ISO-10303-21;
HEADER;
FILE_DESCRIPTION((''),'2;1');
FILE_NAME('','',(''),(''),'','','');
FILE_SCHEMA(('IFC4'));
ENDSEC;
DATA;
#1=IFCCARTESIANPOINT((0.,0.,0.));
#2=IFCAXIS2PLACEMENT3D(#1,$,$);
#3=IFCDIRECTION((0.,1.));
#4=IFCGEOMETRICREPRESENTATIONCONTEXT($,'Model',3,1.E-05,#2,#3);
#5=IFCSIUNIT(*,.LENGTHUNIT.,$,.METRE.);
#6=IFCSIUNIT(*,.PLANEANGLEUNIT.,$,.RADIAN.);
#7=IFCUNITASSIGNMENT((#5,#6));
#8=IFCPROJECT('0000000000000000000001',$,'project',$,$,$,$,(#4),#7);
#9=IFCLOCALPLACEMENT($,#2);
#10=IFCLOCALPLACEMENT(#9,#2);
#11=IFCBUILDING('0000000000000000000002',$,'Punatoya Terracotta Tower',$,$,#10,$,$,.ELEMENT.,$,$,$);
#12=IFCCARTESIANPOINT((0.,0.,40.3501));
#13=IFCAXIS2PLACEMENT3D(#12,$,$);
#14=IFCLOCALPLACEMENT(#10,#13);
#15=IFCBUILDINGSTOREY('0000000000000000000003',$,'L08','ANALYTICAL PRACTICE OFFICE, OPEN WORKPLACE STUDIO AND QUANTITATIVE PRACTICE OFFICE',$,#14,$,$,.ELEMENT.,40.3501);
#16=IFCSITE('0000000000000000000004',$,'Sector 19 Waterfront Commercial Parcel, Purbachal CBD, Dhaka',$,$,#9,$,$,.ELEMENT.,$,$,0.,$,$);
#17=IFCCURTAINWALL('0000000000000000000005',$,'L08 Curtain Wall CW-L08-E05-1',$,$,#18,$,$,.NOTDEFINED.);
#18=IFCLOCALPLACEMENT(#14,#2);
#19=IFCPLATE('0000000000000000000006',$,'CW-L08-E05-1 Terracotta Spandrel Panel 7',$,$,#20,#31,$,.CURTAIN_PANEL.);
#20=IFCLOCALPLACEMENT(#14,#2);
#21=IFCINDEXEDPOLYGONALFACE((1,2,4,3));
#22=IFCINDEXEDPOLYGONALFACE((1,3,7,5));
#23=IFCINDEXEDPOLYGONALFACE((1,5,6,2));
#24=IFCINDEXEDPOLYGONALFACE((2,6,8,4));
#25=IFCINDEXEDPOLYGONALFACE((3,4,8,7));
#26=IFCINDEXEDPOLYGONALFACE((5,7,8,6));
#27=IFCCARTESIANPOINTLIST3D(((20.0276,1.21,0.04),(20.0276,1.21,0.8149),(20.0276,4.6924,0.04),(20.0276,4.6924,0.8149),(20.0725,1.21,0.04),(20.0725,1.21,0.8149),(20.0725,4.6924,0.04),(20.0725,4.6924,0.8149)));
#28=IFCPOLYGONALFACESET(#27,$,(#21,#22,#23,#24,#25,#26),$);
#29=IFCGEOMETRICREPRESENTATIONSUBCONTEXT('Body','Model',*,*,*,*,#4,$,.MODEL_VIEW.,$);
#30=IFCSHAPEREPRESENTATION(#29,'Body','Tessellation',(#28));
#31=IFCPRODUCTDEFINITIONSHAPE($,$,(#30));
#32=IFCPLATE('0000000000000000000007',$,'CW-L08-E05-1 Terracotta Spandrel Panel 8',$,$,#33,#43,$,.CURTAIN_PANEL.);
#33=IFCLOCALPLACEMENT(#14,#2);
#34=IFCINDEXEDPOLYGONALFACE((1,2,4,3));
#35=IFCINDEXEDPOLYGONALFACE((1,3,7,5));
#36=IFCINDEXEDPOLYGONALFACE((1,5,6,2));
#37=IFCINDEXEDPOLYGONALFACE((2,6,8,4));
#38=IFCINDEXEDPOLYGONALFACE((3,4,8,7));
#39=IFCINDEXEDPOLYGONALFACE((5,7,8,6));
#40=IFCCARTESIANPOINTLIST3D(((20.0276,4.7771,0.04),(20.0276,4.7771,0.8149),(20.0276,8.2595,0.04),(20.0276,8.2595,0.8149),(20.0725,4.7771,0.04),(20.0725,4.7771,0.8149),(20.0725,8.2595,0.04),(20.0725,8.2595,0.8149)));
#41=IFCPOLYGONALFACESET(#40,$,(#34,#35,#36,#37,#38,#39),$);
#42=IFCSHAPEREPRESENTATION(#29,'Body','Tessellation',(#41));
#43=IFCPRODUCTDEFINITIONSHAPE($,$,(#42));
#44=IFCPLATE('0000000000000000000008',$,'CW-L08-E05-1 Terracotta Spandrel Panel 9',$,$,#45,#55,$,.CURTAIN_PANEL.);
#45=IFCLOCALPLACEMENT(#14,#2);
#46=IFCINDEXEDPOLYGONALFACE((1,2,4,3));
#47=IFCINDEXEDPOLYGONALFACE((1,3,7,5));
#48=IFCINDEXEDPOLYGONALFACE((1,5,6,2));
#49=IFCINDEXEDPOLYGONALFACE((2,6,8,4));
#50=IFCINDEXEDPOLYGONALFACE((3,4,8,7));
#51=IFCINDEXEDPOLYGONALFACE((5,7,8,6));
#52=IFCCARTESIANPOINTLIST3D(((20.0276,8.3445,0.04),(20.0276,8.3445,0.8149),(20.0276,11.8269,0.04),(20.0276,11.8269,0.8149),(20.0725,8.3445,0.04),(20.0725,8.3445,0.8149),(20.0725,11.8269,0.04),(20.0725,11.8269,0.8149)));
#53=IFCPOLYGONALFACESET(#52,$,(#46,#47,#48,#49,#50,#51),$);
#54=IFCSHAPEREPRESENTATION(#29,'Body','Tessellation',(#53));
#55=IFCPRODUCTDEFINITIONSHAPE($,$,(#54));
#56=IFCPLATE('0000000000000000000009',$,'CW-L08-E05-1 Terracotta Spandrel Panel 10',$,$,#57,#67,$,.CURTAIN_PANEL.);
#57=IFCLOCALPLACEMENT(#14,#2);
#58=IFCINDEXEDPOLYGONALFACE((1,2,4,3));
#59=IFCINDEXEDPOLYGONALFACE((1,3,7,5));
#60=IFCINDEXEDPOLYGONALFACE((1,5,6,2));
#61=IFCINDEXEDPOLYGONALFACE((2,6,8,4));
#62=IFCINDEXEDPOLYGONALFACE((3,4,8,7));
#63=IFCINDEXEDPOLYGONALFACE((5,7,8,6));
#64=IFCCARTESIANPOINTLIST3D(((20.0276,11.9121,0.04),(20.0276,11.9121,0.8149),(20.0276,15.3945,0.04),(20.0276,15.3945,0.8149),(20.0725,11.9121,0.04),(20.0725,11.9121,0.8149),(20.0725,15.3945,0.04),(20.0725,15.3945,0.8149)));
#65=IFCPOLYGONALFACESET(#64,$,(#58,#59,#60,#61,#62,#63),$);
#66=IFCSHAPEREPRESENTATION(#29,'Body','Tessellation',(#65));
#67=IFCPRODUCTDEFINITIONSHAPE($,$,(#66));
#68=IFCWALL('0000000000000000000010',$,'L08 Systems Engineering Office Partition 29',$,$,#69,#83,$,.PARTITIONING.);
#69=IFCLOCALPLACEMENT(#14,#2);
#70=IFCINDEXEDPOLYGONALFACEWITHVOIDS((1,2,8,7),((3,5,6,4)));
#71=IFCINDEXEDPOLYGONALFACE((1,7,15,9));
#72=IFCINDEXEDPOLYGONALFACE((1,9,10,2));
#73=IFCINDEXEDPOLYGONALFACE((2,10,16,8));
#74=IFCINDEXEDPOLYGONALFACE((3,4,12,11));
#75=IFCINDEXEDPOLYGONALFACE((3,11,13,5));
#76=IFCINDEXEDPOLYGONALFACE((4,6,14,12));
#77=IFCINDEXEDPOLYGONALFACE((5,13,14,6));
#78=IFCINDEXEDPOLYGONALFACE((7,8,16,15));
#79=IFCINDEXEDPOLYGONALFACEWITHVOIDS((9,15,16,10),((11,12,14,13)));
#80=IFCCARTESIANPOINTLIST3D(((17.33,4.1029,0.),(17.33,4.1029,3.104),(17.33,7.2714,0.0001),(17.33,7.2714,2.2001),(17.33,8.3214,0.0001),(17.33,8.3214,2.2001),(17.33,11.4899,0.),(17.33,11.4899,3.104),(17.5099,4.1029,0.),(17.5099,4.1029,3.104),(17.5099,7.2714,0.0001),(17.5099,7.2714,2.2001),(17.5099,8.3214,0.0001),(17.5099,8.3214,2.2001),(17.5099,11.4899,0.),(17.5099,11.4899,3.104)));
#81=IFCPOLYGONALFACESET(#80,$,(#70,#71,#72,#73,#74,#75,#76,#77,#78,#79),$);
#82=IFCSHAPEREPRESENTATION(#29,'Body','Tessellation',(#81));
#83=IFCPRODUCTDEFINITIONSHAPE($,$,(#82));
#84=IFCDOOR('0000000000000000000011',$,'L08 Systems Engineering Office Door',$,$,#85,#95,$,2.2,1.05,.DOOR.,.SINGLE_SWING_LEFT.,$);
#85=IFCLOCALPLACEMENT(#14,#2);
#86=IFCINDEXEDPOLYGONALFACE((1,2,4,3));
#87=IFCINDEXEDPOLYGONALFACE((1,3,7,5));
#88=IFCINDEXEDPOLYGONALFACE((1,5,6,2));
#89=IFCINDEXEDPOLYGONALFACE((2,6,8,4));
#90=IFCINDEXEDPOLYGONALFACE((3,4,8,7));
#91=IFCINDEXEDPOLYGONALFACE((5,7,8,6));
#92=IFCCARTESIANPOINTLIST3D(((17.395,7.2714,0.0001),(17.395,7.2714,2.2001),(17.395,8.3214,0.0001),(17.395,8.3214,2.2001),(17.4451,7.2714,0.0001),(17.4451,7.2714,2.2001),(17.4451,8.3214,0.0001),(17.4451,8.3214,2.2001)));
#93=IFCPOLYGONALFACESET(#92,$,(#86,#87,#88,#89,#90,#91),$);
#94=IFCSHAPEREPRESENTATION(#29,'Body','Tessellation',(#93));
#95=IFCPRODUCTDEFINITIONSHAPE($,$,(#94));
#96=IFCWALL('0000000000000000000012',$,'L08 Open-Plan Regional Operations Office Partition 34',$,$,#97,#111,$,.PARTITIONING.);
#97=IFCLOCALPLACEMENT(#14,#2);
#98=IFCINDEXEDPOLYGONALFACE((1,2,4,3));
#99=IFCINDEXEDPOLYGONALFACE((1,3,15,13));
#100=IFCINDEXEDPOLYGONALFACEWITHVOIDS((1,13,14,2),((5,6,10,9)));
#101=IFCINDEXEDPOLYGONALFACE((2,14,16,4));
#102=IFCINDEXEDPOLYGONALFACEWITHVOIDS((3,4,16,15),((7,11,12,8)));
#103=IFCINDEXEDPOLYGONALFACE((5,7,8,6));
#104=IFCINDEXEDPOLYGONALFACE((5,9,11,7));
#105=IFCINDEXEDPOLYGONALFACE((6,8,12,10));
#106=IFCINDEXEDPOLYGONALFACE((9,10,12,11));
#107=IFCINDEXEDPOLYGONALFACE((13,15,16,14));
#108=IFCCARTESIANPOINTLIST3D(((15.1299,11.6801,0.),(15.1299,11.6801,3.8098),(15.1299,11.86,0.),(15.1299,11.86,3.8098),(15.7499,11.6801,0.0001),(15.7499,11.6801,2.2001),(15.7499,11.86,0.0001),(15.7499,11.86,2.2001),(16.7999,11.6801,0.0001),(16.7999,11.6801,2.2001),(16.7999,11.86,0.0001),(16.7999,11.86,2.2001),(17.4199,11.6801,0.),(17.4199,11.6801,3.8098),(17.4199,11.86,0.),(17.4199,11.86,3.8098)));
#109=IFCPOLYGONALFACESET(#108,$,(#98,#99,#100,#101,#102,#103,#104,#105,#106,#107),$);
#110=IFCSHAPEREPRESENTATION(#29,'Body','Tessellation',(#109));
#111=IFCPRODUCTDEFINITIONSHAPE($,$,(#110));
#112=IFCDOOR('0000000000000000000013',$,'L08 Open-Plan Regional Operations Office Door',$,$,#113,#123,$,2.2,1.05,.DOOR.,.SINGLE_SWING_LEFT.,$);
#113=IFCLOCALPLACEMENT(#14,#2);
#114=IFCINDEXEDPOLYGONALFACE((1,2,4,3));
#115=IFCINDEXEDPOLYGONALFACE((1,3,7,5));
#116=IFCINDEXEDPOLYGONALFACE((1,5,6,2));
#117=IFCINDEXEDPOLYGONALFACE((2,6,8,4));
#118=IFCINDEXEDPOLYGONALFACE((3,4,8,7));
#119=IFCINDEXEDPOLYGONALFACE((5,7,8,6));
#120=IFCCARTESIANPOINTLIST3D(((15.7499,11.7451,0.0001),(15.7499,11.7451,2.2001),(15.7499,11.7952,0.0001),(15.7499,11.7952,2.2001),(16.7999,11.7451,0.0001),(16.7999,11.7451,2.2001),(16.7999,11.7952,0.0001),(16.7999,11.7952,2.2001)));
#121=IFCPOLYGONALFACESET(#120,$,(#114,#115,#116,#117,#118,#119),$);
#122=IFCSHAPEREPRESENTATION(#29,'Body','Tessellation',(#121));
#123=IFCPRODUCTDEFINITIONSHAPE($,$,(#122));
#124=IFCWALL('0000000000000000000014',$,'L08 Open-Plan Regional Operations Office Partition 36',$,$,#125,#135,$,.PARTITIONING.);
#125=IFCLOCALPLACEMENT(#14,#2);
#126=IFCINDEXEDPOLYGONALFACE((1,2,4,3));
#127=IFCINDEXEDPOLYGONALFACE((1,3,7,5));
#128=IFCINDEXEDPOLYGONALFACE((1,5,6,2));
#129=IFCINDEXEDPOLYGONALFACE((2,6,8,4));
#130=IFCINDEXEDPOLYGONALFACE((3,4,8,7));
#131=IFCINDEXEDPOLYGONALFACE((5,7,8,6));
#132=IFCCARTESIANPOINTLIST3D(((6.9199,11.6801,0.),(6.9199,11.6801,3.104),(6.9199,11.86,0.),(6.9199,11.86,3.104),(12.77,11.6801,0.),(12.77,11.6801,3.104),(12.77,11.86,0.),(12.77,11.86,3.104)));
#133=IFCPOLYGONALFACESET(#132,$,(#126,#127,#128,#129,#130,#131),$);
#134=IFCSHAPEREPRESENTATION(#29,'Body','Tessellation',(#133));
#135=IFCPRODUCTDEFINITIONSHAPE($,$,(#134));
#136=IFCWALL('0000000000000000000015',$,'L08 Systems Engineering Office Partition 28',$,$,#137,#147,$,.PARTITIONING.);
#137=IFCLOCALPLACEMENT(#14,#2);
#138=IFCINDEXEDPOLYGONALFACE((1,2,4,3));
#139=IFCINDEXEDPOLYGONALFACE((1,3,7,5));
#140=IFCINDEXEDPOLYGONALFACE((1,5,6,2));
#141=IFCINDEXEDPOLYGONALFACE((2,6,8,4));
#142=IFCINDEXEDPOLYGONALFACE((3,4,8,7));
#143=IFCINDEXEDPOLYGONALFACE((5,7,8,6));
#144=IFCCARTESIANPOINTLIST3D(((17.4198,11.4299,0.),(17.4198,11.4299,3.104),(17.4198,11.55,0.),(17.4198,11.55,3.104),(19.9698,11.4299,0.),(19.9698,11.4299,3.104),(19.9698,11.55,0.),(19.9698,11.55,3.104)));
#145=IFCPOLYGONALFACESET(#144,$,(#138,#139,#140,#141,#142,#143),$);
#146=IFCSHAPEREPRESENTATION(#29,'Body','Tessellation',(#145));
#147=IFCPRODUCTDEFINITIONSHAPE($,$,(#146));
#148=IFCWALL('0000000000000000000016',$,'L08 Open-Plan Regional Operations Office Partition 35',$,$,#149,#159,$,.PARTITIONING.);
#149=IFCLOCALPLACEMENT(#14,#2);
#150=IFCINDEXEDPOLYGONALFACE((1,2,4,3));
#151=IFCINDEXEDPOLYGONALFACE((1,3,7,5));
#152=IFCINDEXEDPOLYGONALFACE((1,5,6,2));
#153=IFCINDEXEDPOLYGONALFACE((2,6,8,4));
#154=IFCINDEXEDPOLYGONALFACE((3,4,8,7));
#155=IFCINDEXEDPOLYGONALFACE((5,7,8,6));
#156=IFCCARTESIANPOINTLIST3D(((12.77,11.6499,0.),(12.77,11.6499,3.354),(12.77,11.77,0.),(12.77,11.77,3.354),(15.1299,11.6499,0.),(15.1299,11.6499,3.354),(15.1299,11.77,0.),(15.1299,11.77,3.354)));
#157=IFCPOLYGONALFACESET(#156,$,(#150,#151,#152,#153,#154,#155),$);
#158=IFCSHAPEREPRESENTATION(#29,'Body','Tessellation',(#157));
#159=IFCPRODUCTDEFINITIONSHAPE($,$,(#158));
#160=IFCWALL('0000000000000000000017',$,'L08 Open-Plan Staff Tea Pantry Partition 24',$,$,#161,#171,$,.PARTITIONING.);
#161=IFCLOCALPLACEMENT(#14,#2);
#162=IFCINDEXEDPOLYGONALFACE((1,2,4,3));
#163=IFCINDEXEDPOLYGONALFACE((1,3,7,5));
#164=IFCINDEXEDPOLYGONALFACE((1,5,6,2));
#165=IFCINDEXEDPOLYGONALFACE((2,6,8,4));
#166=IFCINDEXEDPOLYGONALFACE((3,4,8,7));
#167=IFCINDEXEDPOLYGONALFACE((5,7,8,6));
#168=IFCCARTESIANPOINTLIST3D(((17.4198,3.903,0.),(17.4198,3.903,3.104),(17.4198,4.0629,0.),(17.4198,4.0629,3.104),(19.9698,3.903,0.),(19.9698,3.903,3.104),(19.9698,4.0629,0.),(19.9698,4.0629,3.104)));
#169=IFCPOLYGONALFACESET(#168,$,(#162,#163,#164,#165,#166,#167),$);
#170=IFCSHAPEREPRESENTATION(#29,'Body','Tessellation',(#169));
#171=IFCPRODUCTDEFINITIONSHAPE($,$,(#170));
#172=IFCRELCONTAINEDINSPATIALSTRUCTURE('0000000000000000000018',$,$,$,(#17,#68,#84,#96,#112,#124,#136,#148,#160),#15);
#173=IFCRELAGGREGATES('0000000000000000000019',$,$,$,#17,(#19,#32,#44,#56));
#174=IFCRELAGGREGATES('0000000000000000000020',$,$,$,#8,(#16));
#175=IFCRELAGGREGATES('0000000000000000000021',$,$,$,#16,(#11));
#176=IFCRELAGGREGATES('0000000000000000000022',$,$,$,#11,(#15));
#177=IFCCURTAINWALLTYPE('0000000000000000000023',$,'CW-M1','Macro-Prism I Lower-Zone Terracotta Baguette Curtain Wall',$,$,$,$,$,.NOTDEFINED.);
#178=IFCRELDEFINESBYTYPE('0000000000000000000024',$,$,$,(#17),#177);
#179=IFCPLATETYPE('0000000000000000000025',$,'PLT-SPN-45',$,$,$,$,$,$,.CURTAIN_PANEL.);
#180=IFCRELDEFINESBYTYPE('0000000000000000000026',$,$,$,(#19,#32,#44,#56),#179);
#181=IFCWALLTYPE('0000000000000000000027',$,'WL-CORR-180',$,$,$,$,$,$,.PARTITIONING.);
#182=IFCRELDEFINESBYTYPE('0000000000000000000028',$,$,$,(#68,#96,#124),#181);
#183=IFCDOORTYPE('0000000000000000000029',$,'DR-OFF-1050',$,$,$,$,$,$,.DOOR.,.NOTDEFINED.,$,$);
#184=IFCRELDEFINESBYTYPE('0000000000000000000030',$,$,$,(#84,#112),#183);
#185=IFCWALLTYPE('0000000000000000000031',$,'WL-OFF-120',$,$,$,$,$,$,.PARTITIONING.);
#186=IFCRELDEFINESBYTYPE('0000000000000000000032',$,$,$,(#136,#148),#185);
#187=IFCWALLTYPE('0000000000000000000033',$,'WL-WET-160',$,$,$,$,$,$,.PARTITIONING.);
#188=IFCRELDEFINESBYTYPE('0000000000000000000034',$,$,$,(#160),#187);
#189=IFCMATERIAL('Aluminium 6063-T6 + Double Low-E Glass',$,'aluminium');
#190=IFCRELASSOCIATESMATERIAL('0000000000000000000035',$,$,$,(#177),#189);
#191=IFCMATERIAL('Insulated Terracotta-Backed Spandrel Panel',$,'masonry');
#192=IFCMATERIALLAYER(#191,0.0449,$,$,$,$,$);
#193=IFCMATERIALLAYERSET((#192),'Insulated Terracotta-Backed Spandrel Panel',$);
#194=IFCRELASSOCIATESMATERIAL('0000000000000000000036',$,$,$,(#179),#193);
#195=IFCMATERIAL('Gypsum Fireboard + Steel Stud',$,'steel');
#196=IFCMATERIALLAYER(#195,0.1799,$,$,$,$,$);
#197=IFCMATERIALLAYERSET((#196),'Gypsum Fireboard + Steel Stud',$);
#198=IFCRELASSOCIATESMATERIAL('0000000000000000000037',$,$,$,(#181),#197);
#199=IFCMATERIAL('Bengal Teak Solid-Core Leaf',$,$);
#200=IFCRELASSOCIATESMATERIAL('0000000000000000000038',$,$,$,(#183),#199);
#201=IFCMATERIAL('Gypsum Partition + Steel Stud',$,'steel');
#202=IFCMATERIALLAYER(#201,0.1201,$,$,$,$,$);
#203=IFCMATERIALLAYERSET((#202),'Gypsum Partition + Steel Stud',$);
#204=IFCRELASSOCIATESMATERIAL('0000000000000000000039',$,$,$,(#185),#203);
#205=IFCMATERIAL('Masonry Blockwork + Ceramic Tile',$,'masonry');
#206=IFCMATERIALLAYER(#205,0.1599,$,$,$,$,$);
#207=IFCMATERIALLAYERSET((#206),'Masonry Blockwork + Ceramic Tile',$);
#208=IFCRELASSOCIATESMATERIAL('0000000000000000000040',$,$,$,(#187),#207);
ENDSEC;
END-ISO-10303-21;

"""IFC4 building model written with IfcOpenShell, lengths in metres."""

from ifc_helpers import new_model, si_unit, direction, frame, frame_2d, origin, origin_2d, place, context, subcontext, project, spatial, rectangle, extrude, material, layer, layer_set, type_object, element, fill, aggregate, save


model = new_model("IFC4")

# Units and contexts
model_context = context("Model", 3, precision=1e-05, world=origin(), true_north=direction((0.0, 1.0)))
body_context = subcontext(model_context, "Body", "Model", "MODEL_VIEW")
ifc_project = project(units=[si_unit("LENGTHUNIT", "METRE"), si_unit("PLANEANGLEUNIT", "RADIAN")], contexts=[model_context])

# Site, building, storey
site_placement = place(None, origin())
site = spatial("IfcSite", under=ifc_project, at=site_placement, Name="Sector 19 Waterfront Commercial Parcel, Purbachal CBD, Dhaka", CompositionType="ELEMENT", RefElevation=0.0)
building_placement = place(site_placement, origin())
building = spatial("IfcBuilding", under=site, at=building_placement, Name="Punatoya Terracotta Tower", CompositionType="ELEMENT")
storey_placement = place(building_placement, frame((0.0, 0.0, 40.3501)))
storey = spatial("IfcBuildingStorey", under=building, at=storey_placement, Name="L08", Description="ANALYTICAL PRACTICE OFFICE, OPEN WORKPLACE STUDIO AND QUANTITATIVE PRACTICE OFFICE", CompositionType="ELEMENT", Elevation=40.3501)

# Curtain wall
ifc_material_1 = material(Name="Aluminium 6063-T6 + Double Low-E Glass", Category="aluminium")
curtain_wall_type = type_object("IfcCurtainWallType", Name="CW-M1", Description="Macro-Prism I Lower-Zone Terracotta Baguette Curtain Wall", PredefinedType="NOTDEFINED", material=ifc_material_1)
curtain_wall_1_placement = place(storey_placement, origin())
curtain_wall_1 = element("IfcCurtainWall", 1, at=curtain_wall_1_placement, inside=storey, type_object=curtain_wall_type, Name="L08 Curtain Wall CW-L08-E05-1", PredefinedType="NOTDEFINED")

# Plates
ifc_material_2 = material(Name="Insulated Terracotta-Backed Spandrel Panel", Category="masonry")
ifc_layer_1 = layer(ifc_material_2, 0.0449)
ifc_layer_set_1 = layer_set([ifc_layer_1], Name="Insulated Terracotta-Backed Spandrel Panel")
plate_type_1 = type_object("IfcPlateType", Name="PLT-SPN-45", PredefinedType="CURTAIN_PANEL", material=ifc_layer_set_1)
plate_1_placement = place(storey_placement, frame((20.05, 2.9512, 0.04), z_axis=(0.0, 0.0, 1.0), x_axis=(0.0, 1.0, 0.0)))
plate_1 = element("IfcPlate", 2, at=plate_1_placement, type_object=plate_type_1, Name="CW-L08-E05-1 Terracotta Spandrel Panel 7", PredefinedType="CURTAIN_PANEL", context=body_context, shape_type="SweptSolid", body=[
    extrude(rectangle(XDim=3.4824, YDim=0.0449, at=origin_2d()), origin(), (0.0, 0.0, 1.0), 0.7749),
])
plate_2_placement = place(storey_placement, frame((20.05, 6.5183, 0.04), z_axis=(0.0, 0.0, 1.0), x_axis=(0.0, 1.0, 0.0)))
plate_2 = element("IfcPlate", 3, at=plate_2_placement, type_object=plate_type_1, Name="CW-L08-E05-1 Terracotta Spandrel Panel 8", PredefinedType="CURTAIN_PANEL", context=body_context, shape_type="SweptSolid", body=[
    extrude(rectangle(XDim=3.4824, YDim=0.0449, at=origin_2d()), origin(), (0.0, 0.0, 1.0), 0.7749),
])
plate_3_placement = place(storey_placement, frame((20.05, 10.0857, 0.04), z_axis=(0.0, 0.0, 1.0), x_axis=(0.0, 1.0, 0.0)))
plate_3 = element("IfcPlate", 4, at=plate_3_placement, type_object=plate_type_1, Name="CW-L08-E05-1 Terracotta Spandrel Panel 9", PredefinedType="CURTAIN_PANEL", context=body_context, shape_type="SweptSolid", body=[
    extrude(rectangle(XDim=3.4824, YDim=0.0449, at=origin_2d()), origin(), (0.0, 0.0, 1.0), 0.7749),
])
plate_4_placement = place(storey_placement, frame((20.05, 13.6533, 0.04), z_axis=(0.0, 0.0, 1.0), x_axis=(0.0, 1.0, 0.0)))
plate_4 = element("IfcPlate", 5, at=plate_4_placement, type_object=plate_type_1, Name="CW-L08-E05-1 Terracotta Spandrel Panel 10", PredefinedType="CURTAIN_PANEL", context=body_context, shape_type="SweptSolid", body=[
    extrude(rectangle(XDim=3.4824, YDim=0.0449, at=origin_2d()), origin(), (0.0, 0.0, 1.0), 0.7749),
])
aggregate(curtain_wall_1, [plate_1, plate_2, plate_3, plate_4])

# Walls, openings, doors
ifc_material_3 = material(Name="Gypsum Fireboard + Steel Stud", Category="steel")
ifc_layer_2 = layer(ifc_material_3, 0.1799)
ifc_layer_set_2 = layer_set([ifc_layer_2], Name="Gypsum Fireboard + Steel Stud")
wall_type_1 = type_object("IfcWallType", Name="WL-CORR-180", PredefinedType="PARTITIONING", material=ifc_layer_set_2)
wall_1_placement = place(storey_placement, frame((17.4199, 4.103, 0.0), z_axis=(0.0, 0.0, 1.0), x_axis=(0.0, 1.0, 0.0)))
wall_1 = element("IfcWall", 6, at=wall_1_placement, inside=storey, type_object=wall_type_1, Name="L08 Systems Engineering Office Partition 29", PredefinedType="PARTITIONING", context=body_context, shape_type="SweptSolid", body=[
    extrude(rectangle(XDim=7.387, YDim=0.1799, at=frame_2d((3.6934, 0.0))), origin(), (0.0, 0.0, 1.0), 3.104),
])
opening_1_placement = place(wall_1_placement, frame((3.1685, 0.0, 0.0)))
opening_1 = element("IfcOpeningElement", 7, at=opening_1_placement, cuts=wall_1, PredefinedType="OPENING", context=body_context, shape_type="SweptSolid", body=[
    extrude(rectangle(XDim=1.05, YDim=2.2, at=frame_2d((0.5249, 1.1001))), frame((0.0, 0.0999, 0.0), z_axis=(0.0, -1.0, 0.0), x_axis=(1.0, 0.0, 0.0)), (0.0, 0.0, 1.0), 0.2),
])
ifc_material_4 = material(Name="Bengal Teak Solid-Core Leaf")
door_type = type_object("IfcDoorType", Name="DR-OFF-1050", OperationType="NOTDEFINED", PredefinedType="DOOR", material=ifc_material_4)
door_1_placement = place(opening_1_placement, origin())
door_1 = element("IfcDoor", 8, at=door_1_placement, inside=storey, type_object=door_type, Name="L08 Systems Engineering Office Door", OperationType="SINGLE_SWING_LEFT", OverallHeight=2.2, OverallWidth=1.05, PredefinedType="DOOR", context=body_context, shape_type="SweptSolid", body=[
    extrude(rectangle(XDim=1.05, YDim=2.2, at=frame_2d((0.5249, 1.1001))), frame((0.0, 0.0249, 0.0), z_axis=(0.0, -1.0, 0.0), x_axis=(1.0, 0.0, 0.0)), (0.0, 0.0, 1.0), 0.05),
])
fill(opening_1, door_1)
wall_2_placement = place(storey_placement, frame((17.4199, 11.77, 0.0), z_axis=(0.0, 0.0, 1.0), x_axis=(-1.0, 0.0, 0.0)))
wall_2 = element("IfcWall", 9, at=wall_2_placement, inside=storey, type_object=wall_type_1, Name="L08 Open-Plan Regional Operations Office Partition 34", PredefinedType="PARTITIONING", context=body_context, shape_type="SweptSolid", body=[
    extrude(rectangle(XDim=2.29, YDim=0.1799, at=frame_2d((1.145, 0.0))), origin(), (0.0, 0.0, 1.0), 3.8098),
])
opening_2_placement = place(wall_2_placement, frame((0.6201, 0.0, 0.0)))
opening_2 = element("IfcOpeningElement", 10, at=opening_2_placement, cuts=wall_2, PredefinedType="OPENING", context=body_context, shape_type="SweptSolid", body=[
    extrude(rectangle(XDim=1.05, YDim=2.2, at=frame_2d((0.5249, 1.1001))), frame((0.0, 0.0999, 0.0), z_axis=(0.0, -1.0, 0.0), x_axis=(1.0, 0.0, 0.0)), (0.0, 0.0, 1.0), 0.2),
])
door_2_placement = place(opening_2_placement, origin())
door_2 = element("IfcDoor", 11, at=door_2_placement, inside=storey, type_object=door_type, Name="L08 Open-Plan Regional Operations Office Door", OperationType="SINGLE_SWING_LEFT", OverallHeight=2.2, OverallWidth=1.05, PredefinedType="DOOR", context=body_context, shape_type="SweptSolid", body=[
    extrude(rectangle(XDim=1.05, YDim=2.2, at=frame_2d((0.5249, 1.1001))), frame((0.0, 0.0249, 0.0), z_axis=(0.0, -1.0, 0.0), x_axis=(1.0, 0.0, 0.0)), (0.0, 0.0, 1.0), 0.05),
])
fill(opening_2, door_2)

# Walls
wall_3_placement = place(storey_placement, frame((12.77, 11.77, 0.0), z_axis=(0.0, 0.0, 1.0), x_axis=(-1.0, 0.0, 0.0)))
element("IfcWall", 12, at=wall_3_placement, inside=storey, type_object=wall_type_1, Name="L08 Open-Plan Regional Operations Office Partition 36", PredefinedType="PARTITIONING", context=body_context, shape_type="SweptSolid", body=[
    extrude(rectangle(XDim=5.8501, YDim=0.1799, at=frame_2d((2.925, 0.0))), origin(), (0.0, 0.0, 1.0), 3.104),
])
ifc_material_5 = material(Name="Gypsum Partition + Steel Stud", Category="steel")
ifc_layer_3 = layer(ifc_material_5, 0.1201)
ifc_layer_set_3 = layer_set([ifc_layer_3], Name="Gypsum Partition + Steel Stud")
wall_type_2 = type_object("IfcWallType", Name="WL-OFF-120", PredefinedType="PARTITIONING", material=ifc_layer_set_3)
wall_4_placement = place(storey_placement, frame((17.4199, 11.49, 0.0), z_axis=(0.0, 0.0, 1.0), x_axis=(1.0, 0.0, 0.0)))
element("IfcWall", 13, at=wall_4_placement, inside=storey, type_object=wall_type_2, Name="L08 Systems Engineering Office Partition 28", PredefinedType="PARTITIONING", context=body_context, shape_type="SweptSolid", body=[
    extrude(rectangle(XDim=2.55, YDim=0.1201, at=frame_2d((1.2749, 0.0))), origin(), (0.0, 0.0, 1.0), 3.104),
])
wall_5_placement = place(storey_placement, frame((15.1299, 11.71, 0.0), z_axis=(0.0, 0.0, 1.0), x_axis=(-1.0, 0.0, 0.0)))
element("IfcWall", 14, at=wall_5_placement, inside=storey, type_object=wall_type_2, Name="L08 Open-Plan Regional Operations Office Partition 35", PredefinedType="PARTITIONING", context=body_context, shape_type="SweptSolid", body=[
    extrude(rectangle(XDim=2.3599, YDim=0.1201, at=frame_2d((1.1799, 0.0))), origin(), (0.0, 0.0, 1.0), 3.354),
])
ifc_material_6 = material(Name="Masonry Blockwork + Ceramic Tile", Category="masonry")
ifc_layer_4 = layer(ifc_material_6, 0.1599)
ifc_layer_set_4 = layer_set([ifc_layer_4], Name="Masonry Blockwork + Ceramic Tile")
wall_type_3 = type_object("IfcWallType", Name="WL-WET-160", PredefinedType="PARTITIONING", material=ifc_layer_set_4)
wall_6_placement = place(storey_placement, frame((17.4199, 3.9829, 0.0), z_axis=(0.0, 0.0, 1.0), x_axis=(1.0, 0.0, 0.0)))
element("IfcWall", 15, at=wall_6_placement, inside=storey, type_object=wall_type_3, Name="L08 Open-Plan Staff Tea Pantry Partition 24", PredefinedType="PARTITIONING", context=body_context, shape_type="SweptSolid", body=[
    extrude(rectangle(XDim=2.55, YDim=0.1599, at=frame_2d((1.2749, 0.0))), origin(), (0.0, 0.0, 1.0), 3.104),
])

save(model, "model.ifc")
